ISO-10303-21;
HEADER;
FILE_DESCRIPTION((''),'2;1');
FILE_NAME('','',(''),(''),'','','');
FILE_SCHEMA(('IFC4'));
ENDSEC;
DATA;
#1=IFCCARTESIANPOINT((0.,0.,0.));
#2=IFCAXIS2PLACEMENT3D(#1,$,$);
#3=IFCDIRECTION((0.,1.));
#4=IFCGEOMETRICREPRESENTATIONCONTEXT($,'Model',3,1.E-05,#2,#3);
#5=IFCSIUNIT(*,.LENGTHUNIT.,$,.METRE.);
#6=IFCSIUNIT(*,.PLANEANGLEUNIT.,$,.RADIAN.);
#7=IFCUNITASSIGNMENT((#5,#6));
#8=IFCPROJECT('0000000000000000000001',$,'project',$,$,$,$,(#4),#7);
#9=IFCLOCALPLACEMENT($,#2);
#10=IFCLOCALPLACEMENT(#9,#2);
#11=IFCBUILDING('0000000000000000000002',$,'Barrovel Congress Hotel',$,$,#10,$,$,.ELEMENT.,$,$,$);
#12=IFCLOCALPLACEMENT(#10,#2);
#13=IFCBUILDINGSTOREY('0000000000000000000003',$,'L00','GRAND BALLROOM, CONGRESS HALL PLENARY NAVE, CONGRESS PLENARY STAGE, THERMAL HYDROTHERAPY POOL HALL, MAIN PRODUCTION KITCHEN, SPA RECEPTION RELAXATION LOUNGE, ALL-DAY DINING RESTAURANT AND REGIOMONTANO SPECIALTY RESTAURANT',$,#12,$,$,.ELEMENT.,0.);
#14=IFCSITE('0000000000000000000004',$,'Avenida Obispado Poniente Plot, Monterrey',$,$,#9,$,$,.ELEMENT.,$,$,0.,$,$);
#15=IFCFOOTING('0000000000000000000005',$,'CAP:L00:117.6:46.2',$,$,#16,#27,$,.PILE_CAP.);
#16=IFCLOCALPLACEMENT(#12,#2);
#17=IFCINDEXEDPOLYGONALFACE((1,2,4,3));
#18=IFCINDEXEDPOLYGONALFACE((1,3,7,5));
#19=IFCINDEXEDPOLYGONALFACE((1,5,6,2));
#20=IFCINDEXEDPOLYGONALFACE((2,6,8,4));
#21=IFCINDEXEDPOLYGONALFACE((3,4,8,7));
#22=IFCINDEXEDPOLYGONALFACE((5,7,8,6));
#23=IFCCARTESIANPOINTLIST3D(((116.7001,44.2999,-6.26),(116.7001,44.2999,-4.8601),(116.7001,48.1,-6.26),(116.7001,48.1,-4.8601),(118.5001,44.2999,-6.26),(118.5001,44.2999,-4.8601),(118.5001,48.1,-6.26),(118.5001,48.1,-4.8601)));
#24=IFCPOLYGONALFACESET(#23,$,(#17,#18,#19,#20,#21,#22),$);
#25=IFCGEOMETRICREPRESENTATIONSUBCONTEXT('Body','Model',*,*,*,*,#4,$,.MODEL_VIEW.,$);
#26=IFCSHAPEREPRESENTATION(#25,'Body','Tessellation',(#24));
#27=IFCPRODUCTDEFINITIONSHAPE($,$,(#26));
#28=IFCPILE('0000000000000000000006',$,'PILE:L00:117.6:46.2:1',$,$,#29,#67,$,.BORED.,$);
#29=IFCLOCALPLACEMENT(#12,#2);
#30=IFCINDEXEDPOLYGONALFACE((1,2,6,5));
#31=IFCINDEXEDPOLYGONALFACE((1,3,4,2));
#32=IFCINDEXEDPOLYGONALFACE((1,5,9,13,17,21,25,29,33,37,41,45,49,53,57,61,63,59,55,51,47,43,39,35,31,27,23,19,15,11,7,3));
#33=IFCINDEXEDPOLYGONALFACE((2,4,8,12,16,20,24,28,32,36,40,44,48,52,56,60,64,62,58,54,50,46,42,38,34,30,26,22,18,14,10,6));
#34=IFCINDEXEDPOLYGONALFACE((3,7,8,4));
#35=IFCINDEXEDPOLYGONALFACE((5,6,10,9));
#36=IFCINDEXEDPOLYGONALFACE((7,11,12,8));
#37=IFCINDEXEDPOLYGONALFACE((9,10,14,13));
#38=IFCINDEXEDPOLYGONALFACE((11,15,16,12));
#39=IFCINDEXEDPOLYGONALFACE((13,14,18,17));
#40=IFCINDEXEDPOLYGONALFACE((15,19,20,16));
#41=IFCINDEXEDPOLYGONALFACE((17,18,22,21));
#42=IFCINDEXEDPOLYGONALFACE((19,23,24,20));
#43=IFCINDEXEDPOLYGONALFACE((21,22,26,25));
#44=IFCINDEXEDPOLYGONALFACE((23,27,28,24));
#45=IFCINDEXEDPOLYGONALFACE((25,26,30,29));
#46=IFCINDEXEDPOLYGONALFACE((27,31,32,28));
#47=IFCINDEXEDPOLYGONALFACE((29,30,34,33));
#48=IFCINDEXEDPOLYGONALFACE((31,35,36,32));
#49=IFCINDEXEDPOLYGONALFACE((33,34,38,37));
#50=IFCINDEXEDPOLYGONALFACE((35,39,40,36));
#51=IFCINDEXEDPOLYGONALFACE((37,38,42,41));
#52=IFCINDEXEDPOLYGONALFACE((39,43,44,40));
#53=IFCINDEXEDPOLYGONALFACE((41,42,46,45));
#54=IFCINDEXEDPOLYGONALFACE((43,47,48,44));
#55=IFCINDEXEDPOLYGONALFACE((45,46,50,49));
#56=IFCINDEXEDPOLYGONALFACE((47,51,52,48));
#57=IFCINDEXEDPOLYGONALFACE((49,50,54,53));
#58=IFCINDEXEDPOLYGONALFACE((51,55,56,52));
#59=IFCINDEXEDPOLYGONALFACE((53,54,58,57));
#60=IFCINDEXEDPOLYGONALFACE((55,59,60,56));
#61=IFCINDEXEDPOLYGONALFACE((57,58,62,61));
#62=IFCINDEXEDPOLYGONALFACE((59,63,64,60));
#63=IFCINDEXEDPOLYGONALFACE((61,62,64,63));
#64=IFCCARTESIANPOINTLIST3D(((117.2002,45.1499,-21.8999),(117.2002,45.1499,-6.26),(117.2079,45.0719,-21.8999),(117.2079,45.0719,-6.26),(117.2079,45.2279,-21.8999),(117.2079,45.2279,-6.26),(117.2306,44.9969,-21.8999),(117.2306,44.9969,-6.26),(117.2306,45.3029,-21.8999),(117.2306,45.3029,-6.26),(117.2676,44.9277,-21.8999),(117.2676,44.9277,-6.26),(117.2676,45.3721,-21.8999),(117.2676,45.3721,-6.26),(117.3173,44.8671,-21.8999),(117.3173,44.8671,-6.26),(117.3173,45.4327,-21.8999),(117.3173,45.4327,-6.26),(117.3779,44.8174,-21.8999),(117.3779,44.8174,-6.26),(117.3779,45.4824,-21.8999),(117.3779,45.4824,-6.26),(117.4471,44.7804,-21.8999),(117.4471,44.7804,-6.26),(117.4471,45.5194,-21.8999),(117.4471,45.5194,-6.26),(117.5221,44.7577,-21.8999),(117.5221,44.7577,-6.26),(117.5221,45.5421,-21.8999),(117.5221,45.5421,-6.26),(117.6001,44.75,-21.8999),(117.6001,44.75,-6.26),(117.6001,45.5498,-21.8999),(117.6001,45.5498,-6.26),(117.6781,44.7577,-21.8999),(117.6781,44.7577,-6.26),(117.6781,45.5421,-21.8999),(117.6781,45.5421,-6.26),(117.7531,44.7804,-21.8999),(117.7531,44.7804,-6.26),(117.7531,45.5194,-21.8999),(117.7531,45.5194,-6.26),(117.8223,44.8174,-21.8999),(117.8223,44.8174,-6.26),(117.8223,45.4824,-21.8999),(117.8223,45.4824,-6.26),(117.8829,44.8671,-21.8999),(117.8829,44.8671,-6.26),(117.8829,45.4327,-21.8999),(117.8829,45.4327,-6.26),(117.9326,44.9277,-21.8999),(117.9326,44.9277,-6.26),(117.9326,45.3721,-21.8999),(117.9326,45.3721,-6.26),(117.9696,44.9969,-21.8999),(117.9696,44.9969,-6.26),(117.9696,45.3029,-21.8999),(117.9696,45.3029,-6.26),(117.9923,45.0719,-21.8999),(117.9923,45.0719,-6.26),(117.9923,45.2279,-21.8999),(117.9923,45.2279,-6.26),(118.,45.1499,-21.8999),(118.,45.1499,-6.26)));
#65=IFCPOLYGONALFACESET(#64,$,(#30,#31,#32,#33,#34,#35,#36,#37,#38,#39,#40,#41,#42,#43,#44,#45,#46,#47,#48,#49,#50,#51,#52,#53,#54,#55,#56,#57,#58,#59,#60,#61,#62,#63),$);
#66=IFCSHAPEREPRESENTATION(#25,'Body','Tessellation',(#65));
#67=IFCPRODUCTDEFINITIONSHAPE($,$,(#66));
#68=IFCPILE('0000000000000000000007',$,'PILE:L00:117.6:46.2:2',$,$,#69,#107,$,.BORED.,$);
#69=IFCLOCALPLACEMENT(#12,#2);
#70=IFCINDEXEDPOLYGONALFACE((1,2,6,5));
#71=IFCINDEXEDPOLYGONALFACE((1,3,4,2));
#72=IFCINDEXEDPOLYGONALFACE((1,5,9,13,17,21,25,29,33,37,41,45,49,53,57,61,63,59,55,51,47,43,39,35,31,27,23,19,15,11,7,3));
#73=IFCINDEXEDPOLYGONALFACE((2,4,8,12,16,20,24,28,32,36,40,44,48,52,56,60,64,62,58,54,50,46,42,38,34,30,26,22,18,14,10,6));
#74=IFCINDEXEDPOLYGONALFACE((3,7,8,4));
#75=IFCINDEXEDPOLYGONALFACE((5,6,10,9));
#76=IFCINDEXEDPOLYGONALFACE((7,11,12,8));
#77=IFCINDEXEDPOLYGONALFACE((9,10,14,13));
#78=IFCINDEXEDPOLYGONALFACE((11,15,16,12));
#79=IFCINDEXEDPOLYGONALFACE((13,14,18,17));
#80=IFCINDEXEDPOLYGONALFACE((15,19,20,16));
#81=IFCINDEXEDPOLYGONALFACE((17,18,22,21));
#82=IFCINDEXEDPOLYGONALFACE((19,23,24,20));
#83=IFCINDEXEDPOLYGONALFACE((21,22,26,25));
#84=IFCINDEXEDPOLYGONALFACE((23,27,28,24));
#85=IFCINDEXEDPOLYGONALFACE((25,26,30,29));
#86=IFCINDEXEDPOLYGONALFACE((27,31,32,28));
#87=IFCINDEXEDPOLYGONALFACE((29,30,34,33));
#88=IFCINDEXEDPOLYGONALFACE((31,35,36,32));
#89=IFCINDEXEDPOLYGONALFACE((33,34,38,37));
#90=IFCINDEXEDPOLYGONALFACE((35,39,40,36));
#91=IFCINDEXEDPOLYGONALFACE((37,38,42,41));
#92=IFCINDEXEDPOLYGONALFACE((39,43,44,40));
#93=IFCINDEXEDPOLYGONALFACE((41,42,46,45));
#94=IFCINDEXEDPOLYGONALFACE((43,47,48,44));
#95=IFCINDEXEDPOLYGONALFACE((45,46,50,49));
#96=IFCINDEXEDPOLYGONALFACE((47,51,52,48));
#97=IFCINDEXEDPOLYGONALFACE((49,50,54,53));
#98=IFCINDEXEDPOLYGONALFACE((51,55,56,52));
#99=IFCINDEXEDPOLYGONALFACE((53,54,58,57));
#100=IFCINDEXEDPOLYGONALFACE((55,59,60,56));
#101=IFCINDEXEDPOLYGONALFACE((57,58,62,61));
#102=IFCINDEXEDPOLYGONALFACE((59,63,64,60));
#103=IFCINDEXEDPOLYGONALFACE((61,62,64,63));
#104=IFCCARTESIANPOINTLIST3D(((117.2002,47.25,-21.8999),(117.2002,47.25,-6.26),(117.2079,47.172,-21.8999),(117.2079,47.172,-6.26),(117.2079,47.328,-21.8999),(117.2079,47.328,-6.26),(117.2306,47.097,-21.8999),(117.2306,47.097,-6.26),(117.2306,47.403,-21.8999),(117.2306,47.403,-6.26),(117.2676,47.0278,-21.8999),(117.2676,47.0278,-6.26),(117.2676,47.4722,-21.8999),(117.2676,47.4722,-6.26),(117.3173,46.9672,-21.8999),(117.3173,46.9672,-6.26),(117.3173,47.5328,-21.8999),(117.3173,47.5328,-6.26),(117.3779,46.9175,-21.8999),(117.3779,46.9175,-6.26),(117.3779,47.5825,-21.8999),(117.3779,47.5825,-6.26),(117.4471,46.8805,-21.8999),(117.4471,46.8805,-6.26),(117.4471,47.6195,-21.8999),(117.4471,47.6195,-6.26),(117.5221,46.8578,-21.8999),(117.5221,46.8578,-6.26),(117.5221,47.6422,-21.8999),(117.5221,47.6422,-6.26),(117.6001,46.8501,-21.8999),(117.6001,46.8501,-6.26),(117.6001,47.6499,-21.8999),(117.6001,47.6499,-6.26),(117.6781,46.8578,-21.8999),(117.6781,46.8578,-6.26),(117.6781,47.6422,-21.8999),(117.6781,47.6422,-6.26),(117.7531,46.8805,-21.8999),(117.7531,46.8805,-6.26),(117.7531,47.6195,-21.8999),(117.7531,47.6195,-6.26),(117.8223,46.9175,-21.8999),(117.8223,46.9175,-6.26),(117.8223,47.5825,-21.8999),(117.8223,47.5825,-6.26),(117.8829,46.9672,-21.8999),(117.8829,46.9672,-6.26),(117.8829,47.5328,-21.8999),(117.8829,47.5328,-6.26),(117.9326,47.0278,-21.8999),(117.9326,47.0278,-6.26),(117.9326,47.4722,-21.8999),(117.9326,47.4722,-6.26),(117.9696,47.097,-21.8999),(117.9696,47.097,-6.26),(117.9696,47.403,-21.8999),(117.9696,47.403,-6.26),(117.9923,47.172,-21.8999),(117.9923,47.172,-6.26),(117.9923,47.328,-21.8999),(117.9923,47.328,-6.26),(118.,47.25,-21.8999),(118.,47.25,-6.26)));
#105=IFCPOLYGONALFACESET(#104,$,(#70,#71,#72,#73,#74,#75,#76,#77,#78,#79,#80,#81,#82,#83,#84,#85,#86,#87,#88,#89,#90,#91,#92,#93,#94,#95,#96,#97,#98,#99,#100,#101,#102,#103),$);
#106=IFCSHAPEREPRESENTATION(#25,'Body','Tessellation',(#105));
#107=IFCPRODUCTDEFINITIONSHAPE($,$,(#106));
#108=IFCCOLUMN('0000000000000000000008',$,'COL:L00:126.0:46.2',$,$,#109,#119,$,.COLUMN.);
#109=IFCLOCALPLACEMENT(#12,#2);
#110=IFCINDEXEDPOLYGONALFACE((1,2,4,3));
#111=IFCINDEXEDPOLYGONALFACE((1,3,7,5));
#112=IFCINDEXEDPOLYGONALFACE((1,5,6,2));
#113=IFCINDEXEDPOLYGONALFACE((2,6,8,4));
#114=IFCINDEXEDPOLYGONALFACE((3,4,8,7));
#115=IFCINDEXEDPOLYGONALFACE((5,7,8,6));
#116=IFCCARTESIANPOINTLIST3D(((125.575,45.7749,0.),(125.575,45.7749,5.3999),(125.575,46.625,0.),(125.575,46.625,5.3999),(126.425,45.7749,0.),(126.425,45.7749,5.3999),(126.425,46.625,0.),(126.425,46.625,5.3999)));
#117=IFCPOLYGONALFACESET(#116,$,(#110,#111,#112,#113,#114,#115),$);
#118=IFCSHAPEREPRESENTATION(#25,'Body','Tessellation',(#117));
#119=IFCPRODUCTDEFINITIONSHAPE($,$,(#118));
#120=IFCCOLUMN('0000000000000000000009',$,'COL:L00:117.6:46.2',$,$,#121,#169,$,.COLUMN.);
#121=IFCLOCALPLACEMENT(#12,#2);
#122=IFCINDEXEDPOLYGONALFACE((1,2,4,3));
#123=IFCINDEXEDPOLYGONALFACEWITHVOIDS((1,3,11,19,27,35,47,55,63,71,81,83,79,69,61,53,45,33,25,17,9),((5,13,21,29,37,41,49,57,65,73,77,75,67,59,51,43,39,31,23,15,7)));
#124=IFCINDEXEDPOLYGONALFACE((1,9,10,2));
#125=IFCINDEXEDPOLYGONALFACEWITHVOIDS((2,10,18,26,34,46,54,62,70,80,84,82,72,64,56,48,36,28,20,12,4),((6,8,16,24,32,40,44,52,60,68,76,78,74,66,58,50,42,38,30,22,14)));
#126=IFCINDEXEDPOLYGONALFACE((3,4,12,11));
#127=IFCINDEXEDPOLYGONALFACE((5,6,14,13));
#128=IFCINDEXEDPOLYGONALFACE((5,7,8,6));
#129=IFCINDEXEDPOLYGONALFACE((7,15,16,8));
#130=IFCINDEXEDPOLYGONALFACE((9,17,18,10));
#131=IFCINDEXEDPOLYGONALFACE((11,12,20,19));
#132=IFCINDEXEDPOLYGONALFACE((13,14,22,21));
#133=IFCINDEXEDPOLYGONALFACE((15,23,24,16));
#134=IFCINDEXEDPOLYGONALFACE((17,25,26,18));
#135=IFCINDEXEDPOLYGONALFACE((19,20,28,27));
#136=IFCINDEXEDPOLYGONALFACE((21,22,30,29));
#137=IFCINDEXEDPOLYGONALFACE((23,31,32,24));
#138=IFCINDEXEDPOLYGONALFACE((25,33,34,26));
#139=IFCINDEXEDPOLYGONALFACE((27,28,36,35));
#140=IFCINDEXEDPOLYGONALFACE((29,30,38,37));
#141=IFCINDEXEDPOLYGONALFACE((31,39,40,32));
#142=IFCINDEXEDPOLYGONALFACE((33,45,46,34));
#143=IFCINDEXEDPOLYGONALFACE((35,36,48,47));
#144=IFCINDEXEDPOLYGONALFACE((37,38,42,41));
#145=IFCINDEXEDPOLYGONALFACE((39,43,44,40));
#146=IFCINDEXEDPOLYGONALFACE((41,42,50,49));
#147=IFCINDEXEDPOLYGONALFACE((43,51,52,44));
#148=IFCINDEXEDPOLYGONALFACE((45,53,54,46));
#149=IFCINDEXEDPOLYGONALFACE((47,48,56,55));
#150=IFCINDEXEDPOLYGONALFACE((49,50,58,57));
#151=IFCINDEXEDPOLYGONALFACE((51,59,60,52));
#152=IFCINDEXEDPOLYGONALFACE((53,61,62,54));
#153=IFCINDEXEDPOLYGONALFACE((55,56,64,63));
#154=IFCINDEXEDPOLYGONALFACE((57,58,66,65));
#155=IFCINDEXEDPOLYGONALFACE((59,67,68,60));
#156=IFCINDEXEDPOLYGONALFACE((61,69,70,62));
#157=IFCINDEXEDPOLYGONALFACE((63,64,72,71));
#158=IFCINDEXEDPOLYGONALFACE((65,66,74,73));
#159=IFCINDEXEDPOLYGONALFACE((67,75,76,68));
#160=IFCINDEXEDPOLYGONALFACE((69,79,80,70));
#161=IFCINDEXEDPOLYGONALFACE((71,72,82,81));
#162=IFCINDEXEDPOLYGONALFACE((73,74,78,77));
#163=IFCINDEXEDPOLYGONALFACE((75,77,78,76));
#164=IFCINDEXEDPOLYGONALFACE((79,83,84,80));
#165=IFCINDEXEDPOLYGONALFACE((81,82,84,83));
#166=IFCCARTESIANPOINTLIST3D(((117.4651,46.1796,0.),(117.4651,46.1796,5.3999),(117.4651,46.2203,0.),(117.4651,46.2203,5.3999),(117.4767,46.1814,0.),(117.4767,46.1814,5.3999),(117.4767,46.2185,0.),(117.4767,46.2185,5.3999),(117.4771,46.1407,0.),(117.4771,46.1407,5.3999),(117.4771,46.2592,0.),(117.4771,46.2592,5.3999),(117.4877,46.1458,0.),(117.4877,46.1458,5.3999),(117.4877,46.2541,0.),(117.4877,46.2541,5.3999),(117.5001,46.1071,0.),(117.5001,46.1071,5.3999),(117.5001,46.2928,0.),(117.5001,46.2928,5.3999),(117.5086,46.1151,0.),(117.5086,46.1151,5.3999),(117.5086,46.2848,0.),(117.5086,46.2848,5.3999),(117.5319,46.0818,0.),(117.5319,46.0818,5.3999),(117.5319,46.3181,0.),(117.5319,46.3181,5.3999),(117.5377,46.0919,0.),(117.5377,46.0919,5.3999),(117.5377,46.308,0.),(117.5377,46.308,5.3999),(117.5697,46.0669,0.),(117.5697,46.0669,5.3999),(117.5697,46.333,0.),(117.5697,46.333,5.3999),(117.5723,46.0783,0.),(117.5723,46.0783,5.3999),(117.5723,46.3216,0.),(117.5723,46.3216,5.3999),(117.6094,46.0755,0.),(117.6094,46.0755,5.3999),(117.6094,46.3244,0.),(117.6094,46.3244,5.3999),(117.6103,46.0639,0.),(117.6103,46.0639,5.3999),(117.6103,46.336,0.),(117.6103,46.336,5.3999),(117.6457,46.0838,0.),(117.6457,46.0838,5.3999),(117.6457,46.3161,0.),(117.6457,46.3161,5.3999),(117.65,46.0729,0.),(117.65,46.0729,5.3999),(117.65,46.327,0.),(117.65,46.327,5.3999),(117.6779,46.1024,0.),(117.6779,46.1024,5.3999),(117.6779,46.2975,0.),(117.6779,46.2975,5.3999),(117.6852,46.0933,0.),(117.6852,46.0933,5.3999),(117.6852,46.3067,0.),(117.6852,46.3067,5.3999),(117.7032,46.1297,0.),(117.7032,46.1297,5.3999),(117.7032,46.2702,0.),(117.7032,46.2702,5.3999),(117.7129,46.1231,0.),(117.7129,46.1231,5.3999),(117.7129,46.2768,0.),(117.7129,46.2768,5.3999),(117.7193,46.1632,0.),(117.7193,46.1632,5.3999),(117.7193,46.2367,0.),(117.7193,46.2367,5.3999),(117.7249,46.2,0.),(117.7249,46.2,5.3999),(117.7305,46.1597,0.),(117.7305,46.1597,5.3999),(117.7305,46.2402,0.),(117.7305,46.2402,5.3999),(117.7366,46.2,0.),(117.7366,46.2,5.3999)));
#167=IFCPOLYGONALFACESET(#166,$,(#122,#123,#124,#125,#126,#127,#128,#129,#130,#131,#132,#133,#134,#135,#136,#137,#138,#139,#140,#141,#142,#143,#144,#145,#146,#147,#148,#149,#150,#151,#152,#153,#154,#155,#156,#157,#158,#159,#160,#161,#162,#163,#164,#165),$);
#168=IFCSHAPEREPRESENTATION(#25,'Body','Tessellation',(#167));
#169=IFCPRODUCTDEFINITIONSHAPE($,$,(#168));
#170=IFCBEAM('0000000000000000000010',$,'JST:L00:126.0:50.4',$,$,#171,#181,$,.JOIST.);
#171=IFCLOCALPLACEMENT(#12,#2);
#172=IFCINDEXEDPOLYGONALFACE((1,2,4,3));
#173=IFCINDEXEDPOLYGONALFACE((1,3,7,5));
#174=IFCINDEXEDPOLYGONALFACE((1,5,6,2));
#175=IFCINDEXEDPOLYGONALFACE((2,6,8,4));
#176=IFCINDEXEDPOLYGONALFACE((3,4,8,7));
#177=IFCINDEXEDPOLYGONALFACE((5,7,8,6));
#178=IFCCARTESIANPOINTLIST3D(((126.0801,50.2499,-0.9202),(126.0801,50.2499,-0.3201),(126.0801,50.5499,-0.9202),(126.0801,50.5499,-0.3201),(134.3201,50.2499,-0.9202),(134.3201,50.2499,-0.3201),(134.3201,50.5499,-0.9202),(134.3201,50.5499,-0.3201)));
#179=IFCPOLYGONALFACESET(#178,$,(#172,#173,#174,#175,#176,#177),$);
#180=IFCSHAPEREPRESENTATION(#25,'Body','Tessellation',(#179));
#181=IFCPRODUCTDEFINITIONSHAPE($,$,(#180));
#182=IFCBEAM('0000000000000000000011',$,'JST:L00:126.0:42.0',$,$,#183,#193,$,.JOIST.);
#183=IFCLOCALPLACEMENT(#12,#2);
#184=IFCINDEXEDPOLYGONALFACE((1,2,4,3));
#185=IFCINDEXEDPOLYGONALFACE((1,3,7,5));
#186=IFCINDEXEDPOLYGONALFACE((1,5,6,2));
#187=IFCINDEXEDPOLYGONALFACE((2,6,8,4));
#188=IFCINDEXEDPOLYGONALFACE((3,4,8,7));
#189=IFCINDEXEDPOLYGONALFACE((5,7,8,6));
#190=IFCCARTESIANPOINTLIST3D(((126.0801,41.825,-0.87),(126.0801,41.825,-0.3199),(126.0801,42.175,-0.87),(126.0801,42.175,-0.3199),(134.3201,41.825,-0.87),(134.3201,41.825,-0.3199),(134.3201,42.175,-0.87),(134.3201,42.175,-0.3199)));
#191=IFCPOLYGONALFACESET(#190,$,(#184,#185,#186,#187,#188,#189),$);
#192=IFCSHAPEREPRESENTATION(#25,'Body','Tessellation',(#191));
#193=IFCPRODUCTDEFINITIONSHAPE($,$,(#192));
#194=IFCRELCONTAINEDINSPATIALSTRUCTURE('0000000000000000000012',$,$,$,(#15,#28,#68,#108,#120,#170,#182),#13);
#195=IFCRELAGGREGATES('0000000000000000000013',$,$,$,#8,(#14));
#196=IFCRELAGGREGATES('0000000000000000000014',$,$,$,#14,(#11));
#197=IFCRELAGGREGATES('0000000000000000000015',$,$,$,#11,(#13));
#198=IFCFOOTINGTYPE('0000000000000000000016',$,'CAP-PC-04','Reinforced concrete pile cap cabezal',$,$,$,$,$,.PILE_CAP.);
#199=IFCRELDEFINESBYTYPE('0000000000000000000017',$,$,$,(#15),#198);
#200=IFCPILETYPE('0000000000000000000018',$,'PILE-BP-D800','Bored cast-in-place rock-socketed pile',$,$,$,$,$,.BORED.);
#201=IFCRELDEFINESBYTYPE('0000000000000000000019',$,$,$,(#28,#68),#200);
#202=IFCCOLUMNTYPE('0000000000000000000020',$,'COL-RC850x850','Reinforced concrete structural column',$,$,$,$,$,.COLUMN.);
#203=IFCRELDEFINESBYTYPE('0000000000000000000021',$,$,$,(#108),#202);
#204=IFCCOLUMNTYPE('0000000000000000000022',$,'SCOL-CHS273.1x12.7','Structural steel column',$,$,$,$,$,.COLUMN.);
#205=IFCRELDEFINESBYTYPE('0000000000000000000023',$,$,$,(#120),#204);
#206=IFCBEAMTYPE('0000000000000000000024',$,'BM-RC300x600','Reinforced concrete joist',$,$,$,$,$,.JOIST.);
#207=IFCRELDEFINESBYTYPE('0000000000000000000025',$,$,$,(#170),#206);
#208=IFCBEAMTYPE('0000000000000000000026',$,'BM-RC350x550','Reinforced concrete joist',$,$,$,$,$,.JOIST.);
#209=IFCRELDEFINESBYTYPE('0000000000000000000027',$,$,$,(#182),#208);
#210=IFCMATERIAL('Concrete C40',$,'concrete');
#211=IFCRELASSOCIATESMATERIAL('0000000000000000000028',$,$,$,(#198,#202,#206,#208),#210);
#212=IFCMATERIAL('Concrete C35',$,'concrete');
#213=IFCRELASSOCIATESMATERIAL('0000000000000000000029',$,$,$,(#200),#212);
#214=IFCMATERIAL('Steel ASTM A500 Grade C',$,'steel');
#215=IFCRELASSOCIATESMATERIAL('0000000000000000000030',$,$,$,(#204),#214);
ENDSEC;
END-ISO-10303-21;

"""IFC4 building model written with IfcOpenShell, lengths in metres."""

from ifc_helpers import new_model, si_unit, direction, frame, origin, origin_2d, place, context, subcontext, project, spatial, rectangle, circle, hollow_circle, extrude, material, material_profile, profile_set, type_object, element, save


model = new_model("IFC4")

# Units and contexts
model_context = context("Model", 3, precision=1e-05, world=origin(), true_north=direction((0.0, 1.0)))
body_context = subcontext(model_context, "Body", "Model", "MODEL_VIEW")
ifc_project = project(units=[si_unit("LENGTHUNIT", "METRE"), si_unit("PLANEANGLEUNIT", "RADIAN")], contexts=[model_context])

# Site, building, storey
site_placement = place(None, origin())
site = spatial("IfcSite", under=ifc_project, at=site_placement, Name="Avenida Obispado Poniente Plot, Monterrey", CompositionType="ELEMENT", RefElevation=0.0)
building_placement = place(site_placement, origin())
building = spatial("IfcBuilding", under=site, at=building_placement, Name="Barrovel Congress Hotel", CompositionType="ELEMENT")
storey_placement = place(building_placement, origin())
storey = spatial("IfcBuildingStorey", under=building, at=storey_placement, Name="L00", Description="GRAND BALLROOM, CONGRESS HALL PLENARY NAVE, CONGRESS PLENARY STAGE, THERMAL HYDROTHERAPY POOL HALL, MAIN PRODUCTION KITCHEN, SPA RECEPTION RELAXATION LOUNGE, ALL-DAY DINING RESTAURANT AND REGIOMONTANO SPECIALTY RESTAURANT", CompositionType="ELEMENT", Elevation=0.0)

# Footing
ifc_material_1 = material(Name="Concrete C40", Category="concrete")
footing_type = type_object("IfcFootingType", Name="CAP-PC-04", Description="Reinforced concrete pile cap cabezal", PredefinedType="PILE_CAP", material=ifc_material_1)
footing_placement = place(storey_placement, frame((117.6001, 46.2, -6.26), z_axis=(0.0, 0.0, 1.0), x_axis=(1.0, 0.0, 0.0)))
element("IfcFooting", 1, at=footing_placement, inside=storey, type_object=footing_type, Name="CAP:L00:117.6:46.2", PredefinedType="PILE_CAP", context=body_context, shape_type="SweptSolid", body=[
    extrude(rectangle(XDim=1.8, YDim=3.8, at=origin_2d()), origin(), (0.0, 0.0, 1.0), 1.3999),
])

# Piles
ifc_material_2 = material(Name="Concrete C35", Category="concrete")
ifc_material_profile_1 = material_profile(ifc_material_2, circle(Radius=0.3999, at=origin_2d()), Name="BP-D800")
ifc_profile_set_1 = profile_set([ifc_material_profile_1], Name="Concrete C35")
pile_type = type_object("IfcPileType", Name="PILE-BP-D800", Description="Bored cast-in-place rock-socketed pile", PredefinedType="BORED", material=ifc_profile_set_1)
for number, where, z_axis, x_axis, name in (
    (2, (117.6001, 45.1499, -6.26), (0.0, 0.0, -1.0), (1.0, 0.0, 0.0), "PILE:L00:117.6:46.2:1"),
    (3, (117.6001, 47.25, -6.26), (0.0, 0.0, -1.0), (1.0, 0.0, 0.0), "PILE:L00:117.6:46.2:2"),
):
    element("IfcPile", number, at=place(storey_placement, frame(where, z_axis=z_axis, x_axis=x_axis)), inside=storey, type_object=pile_type, Name=name, PredefinedType="BORED", context=body_context, shape_type="SweptSolid", body=[
        extrude(circle(Radius=0.3999, at=origin_2d()), origin(), (0.0, 0.0, 1.0), 15.6399),
    ])

# Columns
ifc_material_profile_2 = material_profile(ifc_material_1, rectangle(XDim=0.8501, YDim=0.8501, at=origin_2d()), Name="RC850x850")
ifc_profile_set_2 = profile_set([ifc_material_profile_2], Name="Concrete C40")
column_type_1 = type_object("IfcColumnType", Name="COL-RC850x850", Description="Reinforced concrete structural column", PredefinedType="COLUMN", material=ifc_profile_set_2)
column_1_placement = place(storey_placement, frame((126.0, 46.2, 0.0), z_axis=(0.0, 0.0, 1.0), x_axis=(1.0, 0.0, 0.0)))
element("IfcColumn", 4, at=column_1_placement, inside=storey, type_object=column_type_1, Name="COL:L00:126.0:46.2", PredefinedType="COLUMN", context=body_context, shape_type="SweptSolid", body=[
    extrude(rectangle(XDim=0.8501, YDim=0.8501, at=origin_2d()), origin(), (0.0, 0.0, 1.0), 5.3999),
])
ifc_material_3 = material(Name="Steel ASTM A500 Grade C", Category="steel")
ifc_material_profile_3 = material_profile(ifc_material_3, hollow_circle(Radius=0.1365, WallThickness=0.0117, at=origin_2d()), Name="CHS273.1x12.7")
ifc_profile_set_3 = profile_set([ifc_material_profile_3], Name="Steel ASTM A500 Grade C")
column_type_2 = type_object("IfcColumnType", Name="SCOL-CHS273.1x12.7", Description="Structural steel column", PredefinedType="COLUMN", material=ifc_profile_set_3)
column_2_placement = place(storey_placement, frame((117.6001, 46.2, 0.0), z_axis=(0.0, 0.0, 1.0), x_axis=(1.0, 0.0, 0.0)))
element("IfcColumn", 5, at=column_2_placement, inside=storey, type_object=column_type_2, Name="COL:L00:117.6:46.2", PredefinedType="COLUMN", context=body_context, shape_type="SweptSolid", body=[
    extrude(hollow_circle(Radius=0.1365, WallThickness=0.0117, at=origin_2d()), origin(), (0.0, 0.0, 1.0), 5.3999),
])

# Beams
ifc_material_profile_4 = material_profile(ifc_material_1, rectangle(XDim=0.3, YDim=0.6001, at=origin_2d()), Name="RC300x600")
ifc_profile_set_4 = profile_set([ifc_material_profile_4], Name="Concrete C40")
beam_type_1 = type_object("IfcBeamType", Name="BM-RC300x600", Description="Reinforced concrete joist", PredefinedType="JOIST", material=ifc_profile_set_4)
beam_1_placement = place(storey_placement, frame((126.0801, 50.3999, -0.6201), z_axis=(1.0, 0.0, 0.0), x_axis=(0.0, 1.0, 0.0)))
element("IfcBeam", 6, at=beam_1_placement, inside=storey, type_object=beam_type_1, Name="JST:L00:126.0:50.4", PredefinedType="JOIST", context=body_context, shape_type="SweptSolid", body=[
    extrude(rectangle(XDim=0.3, YDim=0.6001, at=origin_2d()), origin(), (0.0, 0.0, 1.0), 8.24),
])
ifc_material_profile_5 = material_profile(ifc_material_1, rectangle(XDim=0.3501, YDim=0.55, at=origin_2d()), Name="RC350x550")
ifc_profile_set_5 = profile_set([ifc_material_profile_5], Name="Concrete C40")
beam_type_2 = type_object("IfcBeamType", Name="BM-RC350x550", Description="Reinforced concrete joist", PredefinedType="JOIST", material=ifc_profile_set_5)
beam_2_placement = place(storey_placement, frame((126.0801, 42.0, -0.595), z_axis=(1.0, 0.0, 0.0), x_axis=(0.0, 1.0, 0.0)))
element("IfcBeam", 7, at=beam_2_placement, inside=storey, type_object=beam_type_2, Name="JST:L00:126.0:42.0", PredefinedType="JOIST", context=body_context, shape_type="SweptSolid", body=[
    extrude(rectangle(XDim=0.3501, YDim=0.55, at=origin_2d()), origin(), (0.0, 0.0, 1.0), 8.24),
])

save(model, "model.ifc")
